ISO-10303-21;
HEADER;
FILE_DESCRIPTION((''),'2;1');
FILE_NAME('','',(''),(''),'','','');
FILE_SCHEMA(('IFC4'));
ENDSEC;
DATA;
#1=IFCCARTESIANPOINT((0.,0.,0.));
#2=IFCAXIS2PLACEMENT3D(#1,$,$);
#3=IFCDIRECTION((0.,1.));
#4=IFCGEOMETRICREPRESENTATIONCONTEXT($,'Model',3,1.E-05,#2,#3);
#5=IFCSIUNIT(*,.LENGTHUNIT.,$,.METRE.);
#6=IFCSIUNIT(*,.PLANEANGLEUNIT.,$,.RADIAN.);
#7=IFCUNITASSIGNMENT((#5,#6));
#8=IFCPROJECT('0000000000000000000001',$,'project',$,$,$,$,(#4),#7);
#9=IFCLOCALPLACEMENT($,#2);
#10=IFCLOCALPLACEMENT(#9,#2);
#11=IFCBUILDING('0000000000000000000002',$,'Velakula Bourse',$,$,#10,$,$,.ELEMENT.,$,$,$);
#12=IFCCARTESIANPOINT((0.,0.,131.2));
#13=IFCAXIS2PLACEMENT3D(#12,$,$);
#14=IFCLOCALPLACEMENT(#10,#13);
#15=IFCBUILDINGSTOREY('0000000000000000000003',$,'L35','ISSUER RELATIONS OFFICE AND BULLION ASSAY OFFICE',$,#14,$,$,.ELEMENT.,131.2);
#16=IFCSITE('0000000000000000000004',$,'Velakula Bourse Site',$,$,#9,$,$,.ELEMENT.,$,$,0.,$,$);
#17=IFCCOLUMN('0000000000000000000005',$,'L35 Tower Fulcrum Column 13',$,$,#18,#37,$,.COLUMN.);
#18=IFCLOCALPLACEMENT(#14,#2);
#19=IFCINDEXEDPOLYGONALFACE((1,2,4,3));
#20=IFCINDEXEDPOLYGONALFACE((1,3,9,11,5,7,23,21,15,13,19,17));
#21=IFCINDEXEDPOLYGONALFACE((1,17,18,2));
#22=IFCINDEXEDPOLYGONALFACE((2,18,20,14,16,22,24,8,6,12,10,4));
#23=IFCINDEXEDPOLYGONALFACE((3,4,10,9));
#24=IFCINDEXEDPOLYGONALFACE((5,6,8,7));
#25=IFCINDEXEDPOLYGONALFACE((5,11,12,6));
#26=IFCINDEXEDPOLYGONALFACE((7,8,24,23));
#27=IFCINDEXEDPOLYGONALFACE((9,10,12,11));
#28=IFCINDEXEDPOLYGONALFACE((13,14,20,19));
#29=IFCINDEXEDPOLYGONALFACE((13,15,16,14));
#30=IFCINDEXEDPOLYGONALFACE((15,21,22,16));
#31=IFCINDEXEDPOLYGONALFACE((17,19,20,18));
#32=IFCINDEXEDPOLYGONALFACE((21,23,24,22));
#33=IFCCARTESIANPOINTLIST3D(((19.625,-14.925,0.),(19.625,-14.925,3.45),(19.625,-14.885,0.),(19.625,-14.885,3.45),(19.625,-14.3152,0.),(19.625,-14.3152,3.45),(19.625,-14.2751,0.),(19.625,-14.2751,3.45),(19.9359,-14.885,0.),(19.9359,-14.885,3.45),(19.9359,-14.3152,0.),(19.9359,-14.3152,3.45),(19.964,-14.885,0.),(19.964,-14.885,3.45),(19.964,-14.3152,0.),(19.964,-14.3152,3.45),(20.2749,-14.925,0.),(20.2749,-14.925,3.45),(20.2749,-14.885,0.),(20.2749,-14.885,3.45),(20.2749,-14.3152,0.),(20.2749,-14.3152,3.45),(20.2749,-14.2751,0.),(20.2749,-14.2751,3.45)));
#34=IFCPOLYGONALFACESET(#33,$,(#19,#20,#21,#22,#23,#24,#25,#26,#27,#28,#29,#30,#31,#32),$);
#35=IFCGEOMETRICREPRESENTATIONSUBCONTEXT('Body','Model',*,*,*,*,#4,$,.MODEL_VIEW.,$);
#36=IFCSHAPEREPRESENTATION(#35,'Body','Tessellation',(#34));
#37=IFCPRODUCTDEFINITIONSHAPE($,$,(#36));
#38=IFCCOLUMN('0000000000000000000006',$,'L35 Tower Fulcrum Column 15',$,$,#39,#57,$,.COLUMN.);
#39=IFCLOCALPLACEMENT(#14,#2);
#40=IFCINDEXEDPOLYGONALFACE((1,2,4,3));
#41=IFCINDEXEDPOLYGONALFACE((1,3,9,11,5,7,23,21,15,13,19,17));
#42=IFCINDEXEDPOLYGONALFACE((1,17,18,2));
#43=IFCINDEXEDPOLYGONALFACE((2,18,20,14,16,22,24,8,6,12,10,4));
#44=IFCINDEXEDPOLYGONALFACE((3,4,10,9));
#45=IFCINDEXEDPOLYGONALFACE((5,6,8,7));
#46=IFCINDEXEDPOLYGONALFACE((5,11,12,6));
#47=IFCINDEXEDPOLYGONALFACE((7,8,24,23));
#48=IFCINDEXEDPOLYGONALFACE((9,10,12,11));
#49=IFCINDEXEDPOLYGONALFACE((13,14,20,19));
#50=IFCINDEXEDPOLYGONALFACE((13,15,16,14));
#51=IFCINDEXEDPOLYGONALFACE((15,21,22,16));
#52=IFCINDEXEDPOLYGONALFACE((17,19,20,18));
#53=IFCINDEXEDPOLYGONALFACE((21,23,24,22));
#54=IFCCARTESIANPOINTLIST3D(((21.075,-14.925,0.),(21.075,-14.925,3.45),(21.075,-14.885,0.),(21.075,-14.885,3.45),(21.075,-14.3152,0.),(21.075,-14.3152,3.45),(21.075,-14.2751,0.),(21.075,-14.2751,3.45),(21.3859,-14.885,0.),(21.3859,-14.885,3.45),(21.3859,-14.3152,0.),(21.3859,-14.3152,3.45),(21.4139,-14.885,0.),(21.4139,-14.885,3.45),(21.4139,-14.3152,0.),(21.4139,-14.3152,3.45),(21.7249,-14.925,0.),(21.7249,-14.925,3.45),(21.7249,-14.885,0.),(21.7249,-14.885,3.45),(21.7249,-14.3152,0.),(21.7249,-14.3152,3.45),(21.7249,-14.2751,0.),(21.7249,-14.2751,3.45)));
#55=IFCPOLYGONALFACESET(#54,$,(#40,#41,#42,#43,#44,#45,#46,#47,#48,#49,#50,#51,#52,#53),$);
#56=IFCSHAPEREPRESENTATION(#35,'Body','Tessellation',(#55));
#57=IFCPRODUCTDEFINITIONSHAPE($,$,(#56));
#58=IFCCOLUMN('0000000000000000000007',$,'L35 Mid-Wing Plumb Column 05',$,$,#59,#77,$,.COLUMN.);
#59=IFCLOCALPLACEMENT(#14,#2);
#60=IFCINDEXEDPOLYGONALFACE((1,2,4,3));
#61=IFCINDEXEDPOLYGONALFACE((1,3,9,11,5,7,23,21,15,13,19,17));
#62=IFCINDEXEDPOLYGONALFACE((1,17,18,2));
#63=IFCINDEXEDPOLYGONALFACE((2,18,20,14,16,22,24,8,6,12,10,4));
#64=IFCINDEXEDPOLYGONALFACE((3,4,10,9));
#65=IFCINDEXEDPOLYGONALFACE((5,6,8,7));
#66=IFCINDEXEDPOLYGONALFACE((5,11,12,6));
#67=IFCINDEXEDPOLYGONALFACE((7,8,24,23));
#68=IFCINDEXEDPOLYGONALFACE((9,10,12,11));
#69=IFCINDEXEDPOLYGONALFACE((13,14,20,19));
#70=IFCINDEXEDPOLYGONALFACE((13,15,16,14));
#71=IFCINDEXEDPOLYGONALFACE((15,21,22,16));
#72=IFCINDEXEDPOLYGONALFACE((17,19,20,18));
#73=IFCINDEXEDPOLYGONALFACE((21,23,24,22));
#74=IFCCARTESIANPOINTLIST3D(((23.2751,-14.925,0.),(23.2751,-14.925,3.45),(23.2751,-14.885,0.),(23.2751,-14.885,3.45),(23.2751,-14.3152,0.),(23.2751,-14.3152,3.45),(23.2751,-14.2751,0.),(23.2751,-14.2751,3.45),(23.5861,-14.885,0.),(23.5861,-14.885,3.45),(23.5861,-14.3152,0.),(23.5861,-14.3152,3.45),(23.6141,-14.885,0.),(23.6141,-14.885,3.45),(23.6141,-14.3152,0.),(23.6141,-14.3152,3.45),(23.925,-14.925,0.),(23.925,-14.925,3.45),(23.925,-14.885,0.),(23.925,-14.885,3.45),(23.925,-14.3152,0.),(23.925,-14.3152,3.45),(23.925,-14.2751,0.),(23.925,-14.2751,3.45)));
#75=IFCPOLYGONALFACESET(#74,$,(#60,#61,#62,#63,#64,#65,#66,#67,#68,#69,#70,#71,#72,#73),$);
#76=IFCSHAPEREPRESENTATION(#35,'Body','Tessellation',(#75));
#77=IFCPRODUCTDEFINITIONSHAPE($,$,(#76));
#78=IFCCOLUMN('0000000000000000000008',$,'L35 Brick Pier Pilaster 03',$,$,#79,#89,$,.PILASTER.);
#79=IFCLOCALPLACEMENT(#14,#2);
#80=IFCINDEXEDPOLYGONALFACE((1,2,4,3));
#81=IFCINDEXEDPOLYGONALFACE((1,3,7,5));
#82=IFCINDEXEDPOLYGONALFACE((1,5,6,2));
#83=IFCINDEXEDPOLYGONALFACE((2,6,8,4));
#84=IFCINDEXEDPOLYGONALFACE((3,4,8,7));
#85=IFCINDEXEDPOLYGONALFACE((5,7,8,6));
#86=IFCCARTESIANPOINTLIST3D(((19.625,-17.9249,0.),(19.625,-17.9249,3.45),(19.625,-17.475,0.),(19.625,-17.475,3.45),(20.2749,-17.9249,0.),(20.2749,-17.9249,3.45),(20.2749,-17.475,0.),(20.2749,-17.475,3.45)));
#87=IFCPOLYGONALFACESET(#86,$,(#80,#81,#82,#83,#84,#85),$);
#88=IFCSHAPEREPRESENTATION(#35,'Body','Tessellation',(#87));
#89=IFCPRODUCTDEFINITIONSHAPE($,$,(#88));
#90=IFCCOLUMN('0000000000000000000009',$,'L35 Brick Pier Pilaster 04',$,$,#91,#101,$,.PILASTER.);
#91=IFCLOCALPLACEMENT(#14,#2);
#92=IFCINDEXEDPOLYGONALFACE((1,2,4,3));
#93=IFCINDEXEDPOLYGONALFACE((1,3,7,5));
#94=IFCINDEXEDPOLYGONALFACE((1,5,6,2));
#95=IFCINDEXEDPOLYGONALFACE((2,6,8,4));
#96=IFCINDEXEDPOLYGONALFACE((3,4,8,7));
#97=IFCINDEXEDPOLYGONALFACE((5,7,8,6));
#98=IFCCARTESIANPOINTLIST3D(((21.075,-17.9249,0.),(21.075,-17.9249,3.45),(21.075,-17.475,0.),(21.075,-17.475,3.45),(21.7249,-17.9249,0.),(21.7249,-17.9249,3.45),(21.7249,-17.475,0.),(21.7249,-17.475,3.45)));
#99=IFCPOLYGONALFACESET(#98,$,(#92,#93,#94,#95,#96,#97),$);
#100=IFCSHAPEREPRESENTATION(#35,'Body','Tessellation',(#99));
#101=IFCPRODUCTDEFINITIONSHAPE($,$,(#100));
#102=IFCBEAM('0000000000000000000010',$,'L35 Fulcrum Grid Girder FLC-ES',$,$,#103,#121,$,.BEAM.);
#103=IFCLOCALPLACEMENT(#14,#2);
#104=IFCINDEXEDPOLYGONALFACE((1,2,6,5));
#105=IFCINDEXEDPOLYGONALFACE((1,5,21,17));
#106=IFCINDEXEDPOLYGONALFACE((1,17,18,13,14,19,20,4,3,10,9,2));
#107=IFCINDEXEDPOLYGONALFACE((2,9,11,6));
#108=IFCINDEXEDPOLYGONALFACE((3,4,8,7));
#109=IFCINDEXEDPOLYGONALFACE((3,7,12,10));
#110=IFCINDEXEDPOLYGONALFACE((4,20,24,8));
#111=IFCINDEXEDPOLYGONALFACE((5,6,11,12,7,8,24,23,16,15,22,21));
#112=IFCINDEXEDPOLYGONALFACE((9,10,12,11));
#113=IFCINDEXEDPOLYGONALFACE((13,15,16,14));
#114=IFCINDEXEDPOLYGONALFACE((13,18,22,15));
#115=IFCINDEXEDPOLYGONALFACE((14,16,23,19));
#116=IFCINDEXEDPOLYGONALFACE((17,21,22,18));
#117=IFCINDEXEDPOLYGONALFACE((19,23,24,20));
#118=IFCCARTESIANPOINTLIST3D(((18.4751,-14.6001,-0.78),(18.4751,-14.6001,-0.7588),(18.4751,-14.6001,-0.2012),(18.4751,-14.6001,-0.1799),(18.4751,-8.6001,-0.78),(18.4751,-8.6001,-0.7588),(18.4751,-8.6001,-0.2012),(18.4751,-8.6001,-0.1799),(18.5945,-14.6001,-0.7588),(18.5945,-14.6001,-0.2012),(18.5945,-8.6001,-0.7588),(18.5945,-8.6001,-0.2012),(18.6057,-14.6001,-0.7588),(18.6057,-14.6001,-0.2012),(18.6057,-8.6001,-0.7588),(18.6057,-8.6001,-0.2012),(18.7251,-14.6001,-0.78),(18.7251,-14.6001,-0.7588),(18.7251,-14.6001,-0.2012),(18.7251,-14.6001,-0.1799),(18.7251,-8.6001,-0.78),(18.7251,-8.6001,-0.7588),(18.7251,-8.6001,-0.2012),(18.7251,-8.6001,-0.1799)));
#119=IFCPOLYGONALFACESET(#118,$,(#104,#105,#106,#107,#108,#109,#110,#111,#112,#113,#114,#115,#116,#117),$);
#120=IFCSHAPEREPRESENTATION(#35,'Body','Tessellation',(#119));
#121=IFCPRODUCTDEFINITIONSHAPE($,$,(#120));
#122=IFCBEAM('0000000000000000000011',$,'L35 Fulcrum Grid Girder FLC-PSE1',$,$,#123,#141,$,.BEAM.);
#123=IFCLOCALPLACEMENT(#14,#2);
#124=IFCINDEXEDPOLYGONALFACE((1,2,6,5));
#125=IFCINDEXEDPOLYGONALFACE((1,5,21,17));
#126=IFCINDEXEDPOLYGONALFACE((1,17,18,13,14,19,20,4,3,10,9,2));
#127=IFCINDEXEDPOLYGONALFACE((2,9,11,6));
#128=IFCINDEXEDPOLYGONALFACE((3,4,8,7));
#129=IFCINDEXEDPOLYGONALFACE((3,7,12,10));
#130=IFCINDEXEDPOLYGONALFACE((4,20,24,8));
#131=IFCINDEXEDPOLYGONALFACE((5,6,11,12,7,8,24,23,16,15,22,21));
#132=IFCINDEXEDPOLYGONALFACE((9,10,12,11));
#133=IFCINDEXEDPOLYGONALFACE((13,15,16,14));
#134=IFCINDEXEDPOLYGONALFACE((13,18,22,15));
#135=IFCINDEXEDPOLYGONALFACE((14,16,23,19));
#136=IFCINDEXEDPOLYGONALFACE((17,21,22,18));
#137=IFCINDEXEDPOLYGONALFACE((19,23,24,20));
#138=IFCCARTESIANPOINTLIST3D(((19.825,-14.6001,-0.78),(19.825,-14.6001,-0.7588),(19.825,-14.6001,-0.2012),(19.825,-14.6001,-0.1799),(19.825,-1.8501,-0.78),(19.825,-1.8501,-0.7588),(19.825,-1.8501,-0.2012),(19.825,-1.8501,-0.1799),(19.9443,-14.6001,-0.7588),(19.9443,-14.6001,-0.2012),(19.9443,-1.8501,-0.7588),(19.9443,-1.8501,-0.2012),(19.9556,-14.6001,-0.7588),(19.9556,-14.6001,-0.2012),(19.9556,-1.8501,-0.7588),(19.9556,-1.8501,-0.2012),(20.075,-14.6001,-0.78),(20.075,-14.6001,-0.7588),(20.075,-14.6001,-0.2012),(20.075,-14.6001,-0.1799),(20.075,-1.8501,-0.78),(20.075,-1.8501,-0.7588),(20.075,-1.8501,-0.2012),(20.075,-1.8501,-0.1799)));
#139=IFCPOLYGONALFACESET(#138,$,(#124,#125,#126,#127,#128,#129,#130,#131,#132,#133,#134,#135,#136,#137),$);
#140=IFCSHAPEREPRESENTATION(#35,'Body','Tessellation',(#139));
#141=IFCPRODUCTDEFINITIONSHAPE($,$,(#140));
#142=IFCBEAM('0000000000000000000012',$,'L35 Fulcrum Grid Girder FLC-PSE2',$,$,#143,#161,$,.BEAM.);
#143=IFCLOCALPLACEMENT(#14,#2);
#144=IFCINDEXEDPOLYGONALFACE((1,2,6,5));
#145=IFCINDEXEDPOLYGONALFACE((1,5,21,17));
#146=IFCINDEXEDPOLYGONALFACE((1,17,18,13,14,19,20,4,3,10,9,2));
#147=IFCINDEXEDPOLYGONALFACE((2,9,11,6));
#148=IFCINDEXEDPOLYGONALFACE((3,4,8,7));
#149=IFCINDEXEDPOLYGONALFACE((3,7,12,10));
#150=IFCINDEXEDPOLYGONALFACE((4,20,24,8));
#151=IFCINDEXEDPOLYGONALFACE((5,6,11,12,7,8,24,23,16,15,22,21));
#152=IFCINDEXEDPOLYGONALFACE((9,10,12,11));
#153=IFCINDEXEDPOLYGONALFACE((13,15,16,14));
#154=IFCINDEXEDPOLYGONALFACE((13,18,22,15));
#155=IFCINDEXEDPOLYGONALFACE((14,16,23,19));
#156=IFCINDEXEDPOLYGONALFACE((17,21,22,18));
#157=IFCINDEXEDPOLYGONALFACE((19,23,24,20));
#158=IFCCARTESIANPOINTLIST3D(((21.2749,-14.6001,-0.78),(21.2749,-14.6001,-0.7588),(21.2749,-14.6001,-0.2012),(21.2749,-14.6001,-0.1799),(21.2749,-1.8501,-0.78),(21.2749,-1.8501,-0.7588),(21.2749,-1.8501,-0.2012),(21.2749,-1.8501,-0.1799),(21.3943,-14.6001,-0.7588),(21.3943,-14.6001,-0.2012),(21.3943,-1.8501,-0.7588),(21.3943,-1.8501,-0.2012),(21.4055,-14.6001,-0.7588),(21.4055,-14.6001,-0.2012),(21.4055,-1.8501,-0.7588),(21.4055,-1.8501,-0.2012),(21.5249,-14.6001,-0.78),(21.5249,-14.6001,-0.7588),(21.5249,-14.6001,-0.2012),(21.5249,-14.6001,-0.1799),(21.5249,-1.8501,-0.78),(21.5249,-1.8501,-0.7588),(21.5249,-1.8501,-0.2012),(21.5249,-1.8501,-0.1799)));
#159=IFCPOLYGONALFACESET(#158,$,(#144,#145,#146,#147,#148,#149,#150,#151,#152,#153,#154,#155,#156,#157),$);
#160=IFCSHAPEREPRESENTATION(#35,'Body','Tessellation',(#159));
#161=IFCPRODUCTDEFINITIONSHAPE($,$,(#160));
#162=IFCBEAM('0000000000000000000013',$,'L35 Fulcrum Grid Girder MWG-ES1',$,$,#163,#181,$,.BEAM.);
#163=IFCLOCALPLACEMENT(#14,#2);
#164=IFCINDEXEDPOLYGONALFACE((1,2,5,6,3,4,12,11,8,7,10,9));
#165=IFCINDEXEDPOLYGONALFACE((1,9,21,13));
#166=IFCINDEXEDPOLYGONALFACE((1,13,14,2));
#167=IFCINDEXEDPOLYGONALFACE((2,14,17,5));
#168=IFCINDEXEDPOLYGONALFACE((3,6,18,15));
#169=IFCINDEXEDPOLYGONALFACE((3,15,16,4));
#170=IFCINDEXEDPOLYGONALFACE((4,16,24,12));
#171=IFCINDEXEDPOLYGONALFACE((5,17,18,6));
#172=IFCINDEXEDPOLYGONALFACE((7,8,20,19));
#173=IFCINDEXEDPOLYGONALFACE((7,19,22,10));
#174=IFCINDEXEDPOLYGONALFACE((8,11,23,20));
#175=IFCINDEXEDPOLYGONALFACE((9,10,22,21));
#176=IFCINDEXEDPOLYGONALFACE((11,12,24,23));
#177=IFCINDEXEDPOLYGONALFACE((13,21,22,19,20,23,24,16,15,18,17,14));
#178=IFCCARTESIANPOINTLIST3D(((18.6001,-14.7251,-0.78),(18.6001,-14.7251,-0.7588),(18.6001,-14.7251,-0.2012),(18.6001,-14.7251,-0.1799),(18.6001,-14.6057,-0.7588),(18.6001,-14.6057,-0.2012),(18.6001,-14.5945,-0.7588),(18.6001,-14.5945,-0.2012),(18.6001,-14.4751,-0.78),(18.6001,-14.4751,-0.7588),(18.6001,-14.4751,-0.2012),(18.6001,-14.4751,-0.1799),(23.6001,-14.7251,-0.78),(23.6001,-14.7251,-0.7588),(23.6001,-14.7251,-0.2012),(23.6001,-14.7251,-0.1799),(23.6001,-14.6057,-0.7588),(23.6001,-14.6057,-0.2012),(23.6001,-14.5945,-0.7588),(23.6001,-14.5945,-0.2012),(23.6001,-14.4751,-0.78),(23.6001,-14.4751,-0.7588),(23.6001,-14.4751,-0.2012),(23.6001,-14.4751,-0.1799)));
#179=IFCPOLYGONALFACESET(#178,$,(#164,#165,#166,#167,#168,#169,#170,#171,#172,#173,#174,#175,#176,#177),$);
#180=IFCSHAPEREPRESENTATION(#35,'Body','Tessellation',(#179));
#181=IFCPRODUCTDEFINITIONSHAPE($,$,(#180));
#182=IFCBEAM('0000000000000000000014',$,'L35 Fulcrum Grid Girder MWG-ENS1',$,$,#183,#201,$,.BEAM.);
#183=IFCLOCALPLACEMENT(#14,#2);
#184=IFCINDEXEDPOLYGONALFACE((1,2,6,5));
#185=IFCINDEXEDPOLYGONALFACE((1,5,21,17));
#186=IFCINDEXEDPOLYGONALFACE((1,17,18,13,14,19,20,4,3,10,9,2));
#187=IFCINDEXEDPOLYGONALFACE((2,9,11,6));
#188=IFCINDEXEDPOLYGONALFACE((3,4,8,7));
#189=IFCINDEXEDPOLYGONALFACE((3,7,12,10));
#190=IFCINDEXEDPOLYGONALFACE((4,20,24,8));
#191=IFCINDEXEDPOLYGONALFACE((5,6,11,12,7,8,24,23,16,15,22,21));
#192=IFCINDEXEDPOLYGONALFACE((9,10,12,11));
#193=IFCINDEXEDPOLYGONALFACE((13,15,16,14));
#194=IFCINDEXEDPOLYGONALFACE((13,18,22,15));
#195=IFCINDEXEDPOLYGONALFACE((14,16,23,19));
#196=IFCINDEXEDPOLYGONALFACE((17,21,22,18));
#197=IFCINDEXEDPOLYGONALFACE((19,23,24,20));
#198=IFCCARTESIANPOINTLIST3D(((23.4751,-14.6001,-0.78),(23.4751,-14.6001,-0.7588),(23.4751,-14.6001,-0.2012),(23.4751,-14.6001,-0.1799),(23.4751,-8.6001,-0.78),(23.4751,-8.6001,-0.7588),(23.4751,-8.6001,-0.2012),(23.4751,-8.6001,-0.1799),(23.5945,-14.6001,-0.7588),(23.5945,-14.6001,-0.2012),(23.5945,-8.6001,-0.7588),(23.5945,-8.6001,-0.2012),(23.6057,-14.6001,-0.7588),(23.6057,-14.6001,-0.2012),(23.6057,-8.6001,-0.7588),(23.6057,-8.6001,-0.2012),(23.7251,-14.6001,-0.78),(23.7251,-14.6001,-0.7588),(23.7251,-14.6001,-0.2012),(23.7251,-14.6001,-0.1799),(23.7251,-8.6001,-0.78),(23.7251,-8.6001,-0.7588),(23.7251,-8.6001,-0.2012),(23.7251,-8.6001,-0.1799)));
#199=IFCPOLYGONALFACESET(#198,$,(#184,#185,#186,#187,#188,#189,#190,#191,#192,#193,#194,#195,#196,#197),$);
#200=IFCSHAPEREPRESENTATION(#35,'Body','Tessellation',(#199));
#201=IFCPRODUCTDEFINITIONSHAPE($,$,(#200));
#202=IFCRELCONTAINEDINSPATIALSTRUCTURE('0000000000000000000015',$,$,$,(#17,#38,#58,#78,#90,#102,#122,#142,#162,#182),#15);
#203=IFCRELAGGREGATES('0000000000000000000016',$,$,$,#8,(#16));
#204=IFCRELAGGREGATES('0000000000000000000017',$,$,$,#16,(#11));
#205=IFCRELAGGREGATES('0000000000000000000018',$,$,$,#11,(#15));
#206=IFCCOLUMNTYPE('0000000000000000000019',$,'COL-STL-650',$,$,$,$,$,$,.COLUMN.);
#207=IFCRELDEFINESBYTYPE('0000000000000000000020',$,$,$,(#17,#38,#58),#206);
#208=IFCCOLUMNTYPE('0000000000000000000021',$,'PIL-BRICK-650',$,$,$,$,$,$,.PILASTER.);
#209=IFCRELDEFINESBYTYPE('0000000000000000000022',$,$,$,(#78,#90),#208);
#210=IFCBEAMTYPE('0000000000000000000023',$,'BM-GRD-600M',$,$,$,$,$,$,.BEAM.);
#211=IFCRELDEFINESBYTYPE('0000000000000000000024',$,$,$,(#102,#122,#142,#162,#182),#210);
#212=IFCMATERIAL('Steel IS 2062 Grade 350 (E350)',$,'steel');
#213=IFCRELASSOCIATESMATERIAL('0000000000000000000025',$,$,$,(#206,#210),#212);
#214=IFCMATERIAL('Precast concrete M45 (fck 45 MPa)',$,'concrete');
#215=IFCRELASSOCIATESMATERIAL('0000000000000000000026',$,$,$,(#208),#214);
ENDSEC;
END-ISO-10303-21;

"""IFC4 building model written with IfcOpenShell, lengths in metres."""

from ifc_helpers import new_model, si_unit, direction, frame, origin, origin_2d, place, context, subcontext, project, spatial, rectangle, i_section, extrude, material, material_profile, profile_set, type_object, element, save


model = new_model("IFC4")

# Units and contexts
model_context = context("Model", 3, precision=1e-05, world=origin(), true_north=direction((0.0, 1.0)))
body_context = subcontext(model_context, "Body", "Model", "MODEL_VIEW")
ifc_project = project(units=[si_unit("LENGTHUNIT", "METRE"), si_unit("PLANEANGLEUNIT", "RADIAN")], contexts=[model_context])

# Site, building, storey
site_placement = place(None, origin())
site = spatial("IfcSite", under=ifc_project, at=site_placement, Name="Velakula Bourse Site", CompositionType="ELEMENT", RefElevation=0.0)
building_placement = place(site_placement, origin())
building = spatial("IfcBuilding", under=site, at=building_placement, Name="Velakula Bourse", CompositionType="ELEMENT")
storey_placement = place(building_placement, frame((0.0, 0.0, 131.2)))
storey = spatial("IfcBuildingStorey", under=building, at=storey_placement, Name="L35", Description="ISSUER RELATIONS OFFICE AND BULLION ASSAY OFFICE", CompositionType="ELEMENT", Elevation=131.2)

# Columns
ifc_material_1 = material(Name="Steel IS 2062 Grade 350 (E350)", Category="steel")
ifc_material_profile_1 = material_profile(ifc_material_1, i_section(OverallWidth=0.6499, OverallDepth=0.6499, WebThickness=0.0281, FlangeThickness=0.04, at=origin_2d()), Name="Steel IS 2062 Grade 350 (E350)")
ifc_profile_set_1 = profile_set([ifc_material_profile_1], Name="Steel IS 2062 Grade 350 (E350)")
column_type_1 = type_object("IfcColumnType", Name="COL-STL-650", PredefinedType="COLUMN", material=ifc_profile_set_1)
for number, where, z_axis, x_axis, name in (
    (1, (19.95, -14.6001, 0.0), (0.0, 0.0, 1.0), (1.0, 0.0, 0.0), "L35 Tower Fulcrum Column 13"),
    (2, (21.3999, -14.6001, 0.0), (0.0, 0.0, 1.0), (1.0, 0.0, 0.0), "L35 Tower Fulcrum Column 15"),
    (3, (23.6001, -14.6001, 0.0), (0.0, 0.0, 1.0), (1.0, 0.0, 0.0), "L35 Mid-Wing Plumb Column 05"),
):
    element("IfcColumn", number, at=place(storey_placement, frame(where, z_axis=z_axis, x_axis=x_axis)), inside=storey, type_object=column_type_1, Name=name, PredefinedType="COLUMN", context=body_context, shape_type="SweptSolid", body=[
        extrude(i_section(OverallWidth=0.6499, OverallDepth=0.6499, WebThickness=0.0281, FlangeThickness=0.04, at=origin_2d()), origin(), (0.0, 0.0, 1.0), 3.45),
    ])
ifc_material_2 = material(Name="Precast concrete M45 (fck 45 MPa)", Category="concrete")
ifc_material_profile_2 = material_profile(ifc_material_2, rectangle(XDim=0.6499, YDim=0.45, at=origin_2d()), Name="Precast concrete M45 (fck 45 MPa)")
ifc_profile_set_2 = profile_set([ifc_material_profile_2], Name="Precast concrete M45 (fck 45 MPa)")
column_type_2 = type_object("IfcColumnType", Name="PIL-BRICK-650", PredefinedType="PILASTER", material=ifc_profile_set_2)
for number, where, z_axis, x_axis, name in (
    (4, (19.95, -17.7, 0.0), (0.0, 0.0, 1.0), (1.0, 0.0, 0.0), "L35 Brick Pier Pilaster 03"),
    (5, (21.3999, -17.7, 0.0), (0.0, 0.0, 1.0), (1.0, 0.0, 0.0), "L35 Brick Pier Pilaster 04"),
):
    element("IfcColumn", number, at=place(storey_placement, frame(where, z_axis=z_axis, x_axis=x_axis)), inside=storey, type_object=column_type_2, Name=name, PredefinedType="PILASTER", context=body_context, shape_type="SweptSolid", body=[
        extrude(rectangle(XDim=0.6499, YDim=0.45, at=origin_2d()), origin(), (0.0, 0.0, 1.0), 3.45),
    ])

# Beams
ifc_material_profile_3 = material_profile(ifc_material_1, i_section(OverallWidth=0.25, OverallDepth=0.6001, WebThickness=0.0112, FlangeThickness=0.0212, at=origin_2d()), Name="Steel IS 2062 Grade 350 (E350)")
ifc_profile_set_3 = profile_set([ifc_material_profile_3], Name="Steel IS 2062 Grade 350 (E350)")
beam_type = type_object("IfcBeamType", Name="BM-GRD-600M", PredefinedType="BEAM", material=ifc_profile_set_3)
beam_1_placement = place(storey_placement, frame((18.6001, -14.6001, -0.48), z_axis=(0.0, 1.0, 0.0), x_axis=(-1.0, 0.0, 0.0)))
element("IfcBeam", 6, at=beam_1_placement, inside=storey, type_object=beam_type, Name="L35 Fulcrum Grid Girder FLC-ES", PredefinedType="BEAM", context=body_context, shape_type="SweptSolid", body=[
    extrude(i_section(OverallWidth=0.25, OverallDepth=0.6001, WebThickness=0.0112, FlangeThickness=0.0212, at=origin_2d()), origin(), (0.0, 0.0, 1.0), 6.0),
])
for number, where, z_axis, x_axis, name in (
    (7, (19.95, -14.6001, -0.48), (0.0, 1.0, 0.0), (-1.0, 0.0, 0.0), "L35 Fulcrum Grid Girder FLC-PSE1"),
    (8, (21.3999, -14.6001, -0.48), (0.0, 1.0, 0.0), (-1.0, 0.0, 0.0), "L35 Fulcrum Grid Girder FLC-PSE2"),
):
    element("IfcBeam", number, at=place(storey_placement, frame(where, z_axis=z_axis, x_axis=x_axis)), inside=storey, type_object=beam_type, Name=name, PredefinedType="BEAM", context=body_context, shape_type="SweptSolid", body=[
        extrude(i_section(OverallWidth=0.25, OverallDepth=0.6001, WebThickness=0.0112, FlangeThickness=0.0212, at=origin_2d()), origin(), (0.0, 0.0, 1.0), 12.75),
    ])
beam_2_placement = place(storey_placement, frame((18.6001, -14.6001, -0.48), z_axis=(1.0, 0.0, 0.0), x_axis=(0.0, 1.0, 0.0)))
element("IfcBeam", 9, at=beam_2_placement, inside=storey, type_object=beam_type, Name="L35 Fulcrum Grid Girder MWG-ES1", PredefinedType="BEAM", context=body_context, shape_type="SweptSolid", body=[
    extrude(i_section(OverallWidth=0.25, OverallDepth=0.6001, WebThickness=0.0112, FlangeThickness=0.0212, at=origin_2d()), origin(), (0.0, 0.0, 1.0), 5.0),
])
beam_3_placement = place(storey_placement, frame((23.6001, -14.6001, -0.48), z_axis=(0.0, 1.0, 0.0), x_axis=(-1.0, 0.0, 0.0)))
element("IfcBeam", 10, at=beam_3_placement, inside=storey, type_object=beam_type, Name="L35 Fulcrum Grid Girder MWG-ENS1", PredefinedType="BEAM", context=body_context, shape_type="SweptSolid", body=[
    extrude(i_section(OverallWidth=0.25, OverallDepth=0.6001, WebThickness=0.0112, FlangeThickness=0.0212, at=origin_2d()), origin(), (0.0, 0.0, 1.0), 6.0),
])

save(model, "model.ifc")
